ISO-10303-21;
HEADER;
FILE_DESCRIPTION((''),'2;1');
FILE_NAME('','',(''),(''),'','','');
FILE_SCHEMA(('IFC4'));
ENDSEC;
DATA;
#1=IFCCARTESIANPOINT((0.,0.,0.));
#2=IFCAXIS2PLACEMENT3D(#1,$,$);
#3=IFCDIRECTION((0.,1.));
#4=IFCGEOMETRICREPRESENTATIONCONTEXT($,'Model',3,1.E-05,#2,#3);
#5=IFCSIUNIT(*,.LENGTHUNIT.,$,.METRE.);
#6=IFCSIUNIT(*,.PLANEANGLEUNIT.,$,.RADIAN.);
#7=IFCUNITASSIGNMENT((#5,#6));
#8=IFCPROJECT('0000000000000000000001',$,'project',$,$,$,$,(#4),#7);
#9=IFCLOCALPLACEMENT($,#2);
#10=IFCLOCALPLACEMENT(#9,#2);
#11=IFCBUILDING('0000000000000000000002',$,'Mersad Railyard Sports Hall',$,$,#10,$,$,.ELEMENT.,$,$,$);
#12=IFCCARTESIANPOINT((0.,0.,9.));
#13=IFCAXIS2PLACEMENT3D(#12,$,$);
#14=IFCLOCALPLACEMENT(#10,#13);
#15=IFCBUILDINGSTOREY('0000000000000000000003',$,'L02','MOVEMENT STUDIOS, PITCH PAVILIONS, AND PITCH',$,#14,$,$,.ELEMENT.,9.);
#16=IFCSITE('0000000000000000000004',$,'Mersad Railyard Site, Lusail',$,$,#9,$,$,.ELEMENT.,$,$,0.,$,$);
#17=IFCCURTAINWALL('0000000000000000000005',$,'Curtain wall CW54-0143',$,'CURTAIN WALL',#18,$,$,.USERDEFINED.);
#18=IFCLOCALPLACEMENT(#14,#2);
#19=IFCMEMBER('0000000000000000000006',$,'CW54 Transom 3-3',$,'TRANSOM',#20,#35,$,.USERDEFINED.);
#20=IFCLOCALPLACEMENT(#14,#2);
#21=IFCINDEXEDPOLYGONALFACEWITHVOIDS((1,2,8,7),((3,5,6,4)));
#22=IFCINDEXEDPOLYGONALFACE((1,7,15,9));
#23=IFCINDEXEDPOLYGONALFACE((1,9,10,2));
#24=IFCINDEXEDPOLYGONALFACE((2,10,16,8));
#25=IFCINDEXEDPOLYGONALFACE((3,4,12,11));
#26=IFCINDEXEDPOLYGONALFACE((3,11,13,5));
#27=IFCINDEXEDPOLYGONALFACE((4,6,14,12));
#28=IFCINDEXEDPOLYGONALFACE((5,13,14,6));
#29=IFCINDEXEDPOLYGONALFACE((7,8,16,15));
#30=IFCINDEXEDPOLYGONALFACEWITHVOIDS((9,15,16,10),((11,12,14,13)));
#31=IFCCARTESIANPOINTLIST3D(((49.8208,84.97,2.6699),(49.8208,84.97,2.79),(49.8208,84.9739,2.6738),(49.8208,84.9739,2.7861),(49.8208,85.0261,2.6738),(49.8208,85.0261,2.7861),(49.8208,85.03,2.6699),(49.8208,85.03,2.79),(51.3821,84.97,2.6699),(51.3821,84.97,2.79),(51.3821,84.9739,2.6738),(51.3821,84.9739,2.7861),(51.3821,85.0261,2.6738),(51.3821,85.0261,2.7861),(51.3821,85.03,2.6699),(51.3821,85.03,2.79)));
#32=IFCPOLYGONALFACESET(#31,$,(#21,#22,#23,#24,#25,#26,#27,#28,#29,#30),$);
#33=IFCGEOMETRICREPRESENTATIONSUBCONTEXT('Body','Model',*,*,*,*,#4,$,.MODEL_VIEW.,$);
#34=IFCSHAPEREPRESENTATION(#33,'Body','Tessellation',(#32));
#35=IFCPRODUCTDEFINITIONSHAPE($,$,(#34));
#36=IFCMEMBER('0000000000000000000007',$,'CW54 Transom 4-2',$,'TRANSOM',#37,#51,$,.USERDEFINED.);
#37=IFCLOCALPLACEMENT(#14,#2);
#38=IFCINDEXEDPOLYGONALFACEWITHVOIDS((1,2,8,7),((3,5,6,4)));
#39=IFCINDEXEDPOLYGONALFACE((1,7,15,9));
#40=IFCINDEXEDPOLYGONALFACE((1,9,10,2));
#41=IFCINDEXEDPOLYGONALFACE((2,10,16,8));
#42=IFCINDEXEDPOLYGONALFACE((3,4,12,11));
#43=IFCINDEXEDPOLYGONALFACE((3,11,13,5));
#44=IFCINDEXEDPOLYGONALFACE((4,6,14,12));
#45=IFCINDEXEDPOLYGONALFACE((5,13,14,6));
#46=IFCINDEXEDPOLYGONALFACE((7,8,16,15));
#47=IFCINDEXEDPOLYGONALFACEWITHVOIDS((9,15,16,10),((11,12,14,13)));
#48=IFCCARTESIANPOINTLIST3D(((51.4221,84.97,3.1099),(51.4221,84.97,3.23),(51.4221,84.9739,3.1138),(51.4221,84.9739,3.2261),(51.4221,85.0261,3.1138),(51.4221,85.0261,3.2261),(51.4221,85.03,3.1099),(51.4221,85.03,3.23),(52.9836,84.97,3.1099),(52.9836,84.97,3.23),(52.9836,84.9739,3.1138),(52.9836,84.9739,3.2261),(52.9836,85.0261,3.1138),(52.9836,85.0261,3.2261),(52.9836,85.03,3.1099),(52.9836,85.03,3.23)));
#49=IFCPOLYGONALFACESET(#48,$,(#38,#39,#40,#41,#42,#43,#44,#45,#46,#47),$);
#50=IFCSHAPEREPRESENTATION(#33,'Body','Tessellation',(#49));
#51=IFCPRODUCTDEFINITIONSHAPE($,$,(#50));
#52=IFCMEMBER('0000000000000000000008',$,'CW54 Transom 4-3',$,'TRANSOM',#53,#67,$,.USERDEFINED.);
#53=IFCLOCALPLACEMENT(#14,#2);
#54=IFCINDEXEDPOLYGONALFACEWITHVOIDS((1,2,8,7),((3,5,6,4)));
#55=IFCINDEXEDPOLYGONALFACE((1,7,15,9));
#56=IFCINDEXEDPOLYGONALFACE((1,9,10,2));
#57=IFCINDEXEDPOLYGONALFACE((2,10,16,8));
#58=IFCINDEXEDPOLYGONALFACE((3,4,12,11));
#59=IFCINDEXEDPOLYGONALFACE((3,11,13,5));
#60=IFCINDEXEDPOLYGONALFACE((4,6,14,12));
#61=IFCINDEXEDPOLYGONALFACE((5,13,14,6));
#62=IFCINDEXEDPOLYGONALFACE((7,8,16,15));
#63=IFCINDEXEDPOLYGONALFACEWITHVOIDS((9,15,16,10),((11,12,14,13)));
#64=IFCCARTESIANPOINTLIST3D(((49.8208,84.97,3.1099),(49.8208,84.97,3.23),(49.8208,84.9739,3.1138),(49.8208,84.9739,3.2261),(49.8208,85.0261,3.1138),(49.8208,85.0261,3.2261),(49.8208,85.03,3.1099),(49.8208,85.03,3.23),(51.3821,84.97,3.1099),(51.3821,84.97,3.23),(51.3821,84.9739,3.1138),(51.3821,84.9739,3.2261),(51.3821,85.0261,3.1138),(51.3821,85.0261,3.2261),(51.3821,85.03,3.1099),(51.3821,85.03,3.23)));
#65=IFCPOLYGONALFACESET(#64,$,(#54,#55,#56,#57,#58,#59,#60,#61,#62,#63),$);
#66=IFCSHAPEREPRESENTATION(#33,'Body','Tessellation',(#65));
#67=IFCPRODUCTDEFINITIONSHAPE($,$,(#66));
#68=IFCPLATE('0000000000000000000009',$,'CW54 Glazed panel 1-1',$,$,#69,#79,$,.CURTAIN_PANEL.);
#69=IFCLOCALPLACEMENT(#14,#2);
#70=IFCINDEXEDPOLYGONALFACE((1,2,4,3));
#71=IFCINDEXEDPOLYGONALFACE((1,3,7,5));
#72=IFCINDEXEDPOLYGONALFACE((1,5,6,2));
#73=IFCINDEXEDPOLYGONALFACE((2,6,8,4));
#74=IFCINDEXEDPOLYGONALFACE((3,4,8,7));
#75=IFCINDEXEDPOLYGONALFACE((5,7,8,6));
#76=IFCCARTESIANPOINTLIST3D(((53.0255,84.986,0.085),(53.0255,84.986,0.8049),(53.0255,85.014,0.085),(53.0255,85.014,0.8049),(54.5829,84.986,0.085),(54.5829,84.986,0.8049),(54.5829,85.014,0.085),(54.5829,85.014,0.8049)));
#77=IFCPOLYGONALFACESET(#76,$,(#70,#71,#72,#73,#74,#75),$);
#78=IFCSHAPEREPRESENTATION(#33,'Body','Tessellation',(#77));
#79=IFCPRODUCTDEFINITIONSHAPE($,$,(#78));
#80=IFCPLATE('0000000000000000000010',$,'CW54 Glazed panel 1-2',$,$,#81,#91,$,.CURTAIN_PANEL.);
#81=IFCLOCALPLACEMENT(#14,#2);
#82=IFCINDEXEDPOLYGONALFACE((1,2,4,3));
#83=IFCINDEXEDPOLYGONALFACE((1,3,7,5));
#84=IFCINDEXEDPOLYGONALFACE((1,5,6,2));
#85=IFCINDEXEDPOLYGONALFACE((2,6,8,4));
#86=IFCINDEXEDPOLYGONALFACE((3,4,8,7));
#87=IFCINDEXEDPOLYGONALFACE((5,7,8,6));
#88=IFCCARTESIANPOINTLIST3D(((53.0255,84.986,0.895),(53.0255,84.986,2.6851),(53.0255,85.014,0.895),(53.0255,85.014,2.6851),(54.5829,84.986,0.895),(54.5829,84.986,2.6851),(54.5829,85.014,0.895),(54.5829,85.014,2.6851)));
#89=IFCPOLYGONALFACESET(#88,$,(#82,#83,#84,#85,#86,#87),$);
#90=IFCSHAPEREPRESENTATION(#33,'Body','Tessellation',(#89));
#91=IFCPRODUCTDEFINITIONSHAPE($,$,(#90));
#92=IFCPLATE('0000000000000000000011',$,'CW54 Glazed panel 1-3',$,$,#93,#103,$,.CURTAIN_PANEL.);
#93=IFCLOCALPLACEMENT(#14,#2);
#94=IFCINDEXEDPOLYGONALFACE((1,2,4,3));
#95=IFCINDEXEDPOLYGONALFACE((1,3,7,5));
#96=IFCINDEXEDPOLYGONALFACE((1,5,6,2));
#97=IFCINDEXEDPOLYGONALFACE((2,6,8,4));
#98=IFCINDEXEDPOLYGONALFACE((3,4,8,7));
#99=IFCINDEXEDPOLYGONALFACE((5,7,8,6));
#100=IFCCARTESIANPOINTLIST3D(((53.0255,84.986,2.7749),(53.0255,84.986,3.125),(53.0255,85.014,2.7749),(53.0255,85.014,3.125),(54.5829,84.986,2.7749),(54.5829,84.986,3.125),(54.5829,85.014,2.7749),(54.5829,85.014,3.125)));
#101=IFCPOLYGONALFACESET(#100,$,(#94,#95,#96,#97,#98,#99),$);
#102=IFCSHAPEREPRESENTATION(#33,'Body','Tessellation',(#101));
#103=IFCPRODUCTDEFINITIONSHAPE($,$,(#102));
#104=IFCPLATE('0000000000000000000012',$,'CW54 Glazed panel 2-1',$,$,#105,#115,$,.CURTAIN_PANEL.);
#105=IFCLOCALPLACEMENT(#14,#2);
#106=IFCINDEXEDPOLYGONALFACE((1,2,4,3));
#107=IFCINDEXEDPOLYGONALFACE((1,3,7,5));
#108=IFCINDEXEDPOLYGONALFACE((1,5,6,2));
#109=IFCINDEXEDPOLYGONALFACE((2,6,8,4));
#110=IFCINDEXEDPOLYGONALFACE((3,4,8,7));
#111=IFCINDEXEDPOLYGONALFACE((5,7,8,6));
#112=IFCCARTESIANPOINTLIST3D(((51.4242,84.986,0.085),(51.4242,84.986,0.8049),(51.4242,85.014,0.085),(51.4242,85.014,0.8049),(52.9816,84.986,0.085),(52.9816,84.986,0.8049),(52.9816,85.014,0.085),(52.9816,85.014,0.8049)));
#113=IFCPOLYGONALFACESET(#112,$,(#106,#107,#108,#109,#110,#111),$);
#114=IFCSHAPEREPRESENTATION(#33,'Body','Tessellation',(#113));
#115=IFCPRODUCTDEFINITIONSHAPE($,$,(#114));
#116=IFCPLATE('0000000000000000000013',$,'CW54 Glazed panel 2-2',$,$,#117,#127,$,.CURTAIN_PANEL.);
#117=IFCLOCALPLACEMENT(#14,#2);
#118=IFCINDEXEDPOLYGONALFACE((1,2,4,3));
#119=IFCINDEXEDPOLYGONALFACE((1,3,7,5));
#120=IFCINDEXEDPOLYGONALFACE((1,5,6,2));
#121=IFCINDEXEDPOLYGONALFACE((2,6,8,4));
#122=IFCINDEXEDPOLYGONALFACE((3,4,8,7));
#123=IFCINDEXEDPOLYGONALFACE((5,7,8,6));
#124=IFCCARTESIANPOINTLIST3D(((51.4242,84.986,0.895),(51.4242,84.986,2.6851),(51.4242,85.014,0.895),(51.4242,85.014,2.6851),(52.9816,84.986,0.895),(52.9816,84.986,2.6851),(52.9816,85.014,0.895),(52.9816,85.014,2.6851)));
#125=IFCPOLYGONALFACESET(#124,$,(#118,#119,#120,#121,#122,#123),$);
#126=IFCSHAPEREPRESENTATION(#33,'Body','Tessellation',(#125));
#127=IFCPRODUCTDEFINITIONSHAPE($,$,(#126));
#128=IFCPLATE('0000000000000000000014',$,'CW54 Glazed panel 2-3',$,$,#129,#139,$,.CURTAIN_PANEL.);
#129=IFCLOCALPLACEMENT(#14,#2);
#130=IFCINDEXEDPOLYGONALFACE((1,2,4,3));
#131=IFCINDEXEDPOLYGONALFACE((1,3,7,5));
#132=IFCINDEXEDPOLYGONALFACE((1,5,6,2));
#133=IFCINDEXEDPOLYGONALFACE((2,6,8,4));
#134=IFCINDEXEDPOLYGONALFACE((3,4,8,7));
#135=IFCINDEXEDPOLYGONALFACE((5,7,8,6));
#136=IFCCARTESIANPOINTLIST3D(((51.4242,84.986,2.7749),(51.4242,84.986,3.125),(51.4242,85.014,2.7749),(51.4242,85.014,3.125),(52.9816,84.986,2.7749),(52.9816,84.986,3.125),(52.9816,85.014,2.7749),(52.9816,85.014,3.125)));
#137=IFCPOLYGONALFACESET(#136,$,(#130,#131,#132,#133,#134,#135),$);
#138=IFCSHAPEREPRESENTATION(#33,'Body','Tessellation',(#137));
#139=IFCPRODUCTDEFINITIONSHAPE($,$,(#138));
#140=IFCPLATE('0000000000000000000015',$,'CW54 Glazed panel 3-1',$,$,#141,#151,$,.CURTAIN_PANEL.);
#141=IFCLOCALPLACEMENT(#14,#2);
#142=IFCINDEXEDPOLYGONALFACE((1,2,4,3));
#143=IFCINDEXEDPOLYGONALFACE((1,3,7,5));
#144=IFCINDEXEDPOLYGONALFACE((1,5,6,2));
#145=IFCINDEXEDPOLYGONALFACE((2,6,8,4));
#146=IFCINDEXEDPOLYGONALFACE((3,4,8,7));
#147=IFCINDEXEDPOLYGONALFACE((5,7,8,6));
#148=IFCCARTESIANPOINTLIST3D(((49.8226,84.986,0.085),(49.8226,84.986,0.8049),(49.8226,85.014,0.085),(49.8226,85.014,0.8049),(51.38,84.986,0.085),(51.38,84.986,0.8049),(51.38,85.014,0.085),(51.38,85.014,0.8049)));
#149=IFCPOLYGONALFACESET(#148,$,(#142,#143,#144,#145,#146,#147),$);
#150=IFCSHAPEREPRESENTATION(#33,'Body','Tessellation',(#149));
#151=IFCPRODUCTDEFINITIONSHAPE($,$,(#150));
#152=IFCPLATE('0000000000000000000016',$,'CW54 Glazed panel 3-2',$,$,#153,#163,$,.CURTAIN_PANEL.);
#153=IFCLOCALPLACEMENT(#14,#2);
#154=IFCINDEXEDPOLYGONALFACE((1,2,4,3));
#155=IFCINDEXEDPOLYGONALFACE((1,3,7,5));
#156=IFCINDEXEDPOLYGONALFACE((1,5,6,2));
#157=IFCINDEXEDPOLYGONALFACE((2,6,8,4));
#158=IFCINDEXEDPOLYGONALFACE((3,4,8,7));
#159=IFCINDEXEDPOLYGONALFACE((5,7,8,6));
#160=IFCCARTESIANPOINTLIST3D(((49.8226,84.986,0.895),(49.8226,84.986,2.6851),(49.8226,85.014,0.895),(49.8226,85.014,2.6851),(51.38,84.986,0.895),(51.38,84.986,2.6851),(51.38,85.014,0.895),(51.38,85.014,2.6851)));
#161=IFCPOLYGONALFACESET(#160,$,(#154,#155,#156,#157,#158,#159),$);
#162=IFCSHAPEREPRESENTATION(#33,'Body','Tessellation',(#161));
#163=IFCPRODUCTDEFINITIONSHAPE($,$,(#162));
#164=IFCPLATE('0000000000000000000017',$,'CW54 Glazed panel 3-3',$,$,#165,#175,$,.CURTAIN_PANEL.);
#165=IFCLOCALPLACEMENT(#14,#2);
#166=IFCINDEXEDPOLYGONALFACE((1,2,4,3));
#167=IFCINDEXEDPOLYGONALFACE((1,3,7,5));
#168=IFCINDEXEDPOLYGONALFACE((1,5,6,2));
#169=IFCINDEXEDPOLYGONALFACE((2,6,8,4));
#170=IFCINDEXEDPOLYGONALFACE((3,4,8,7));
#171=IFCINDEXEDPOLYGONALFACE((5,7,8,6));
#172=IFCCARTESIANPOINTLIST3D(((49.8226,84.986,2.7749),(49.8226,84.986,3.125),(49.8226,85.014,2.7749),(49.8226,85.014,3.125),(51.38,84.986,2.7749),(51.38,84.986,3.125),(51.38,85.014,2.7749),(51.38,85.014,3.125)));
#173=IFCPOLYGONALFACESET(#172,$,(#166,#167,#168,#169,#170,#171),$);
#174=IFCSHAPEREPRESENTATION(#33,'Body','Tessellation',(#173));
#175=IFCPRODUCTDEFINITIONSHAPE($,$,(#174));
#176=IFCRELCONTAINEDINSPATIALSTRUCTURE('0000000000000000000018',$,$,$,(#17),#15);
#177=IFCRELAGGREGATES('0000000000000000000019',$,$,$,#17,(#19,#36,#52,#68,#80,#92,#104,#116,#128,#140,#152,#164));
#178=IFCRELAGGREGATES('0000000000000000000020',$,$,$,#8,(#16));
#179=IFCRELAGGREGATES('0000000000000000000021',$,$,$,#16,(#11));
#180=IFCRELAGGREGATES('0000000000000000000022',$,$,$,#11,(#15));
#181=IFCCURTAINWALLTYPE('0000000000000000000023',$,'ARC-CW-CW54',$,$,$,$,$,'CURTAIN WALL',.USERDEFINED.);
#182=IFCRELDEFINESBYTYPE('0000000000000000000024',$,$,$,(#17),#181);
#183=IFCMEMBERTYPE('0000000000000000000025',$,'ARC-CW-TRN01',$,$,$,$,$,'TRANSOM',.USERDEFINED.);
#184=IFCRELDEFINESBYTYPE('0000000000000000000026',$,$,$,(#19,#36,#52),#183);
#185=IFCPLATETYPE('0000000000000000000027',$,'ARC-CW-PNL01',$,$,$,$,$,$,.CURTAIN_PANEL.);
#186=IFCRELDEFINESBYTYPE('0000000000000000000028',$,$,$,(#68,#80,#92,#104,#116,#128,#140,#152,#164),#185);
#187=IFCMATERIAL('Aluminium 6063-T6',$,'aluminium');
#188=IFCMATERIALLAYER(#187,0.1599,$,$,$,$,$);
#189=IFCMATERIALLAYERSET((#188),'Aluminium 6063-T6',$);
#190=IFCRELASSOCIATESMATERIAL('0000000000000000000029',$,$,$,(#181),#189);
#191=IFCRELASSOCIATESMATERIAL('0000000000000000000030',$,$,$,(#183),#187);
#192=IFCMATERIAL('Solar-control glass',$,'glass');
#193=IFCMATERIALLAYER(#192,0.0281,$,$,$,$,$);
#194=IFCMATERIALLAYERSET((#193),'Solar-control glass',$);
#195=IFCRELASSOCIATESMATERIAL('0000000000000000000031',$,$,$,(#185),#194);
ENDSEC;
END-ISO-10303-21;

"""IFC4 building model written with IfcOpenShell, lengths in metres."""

from ifc_helpers import new_model, si_unit, direction, frame, origin, origin_2d, place, context, subcontext, project, spatial, rectangle, hollow_rectangle, extrude, material, layer, layer_set, material_profile, profile_set, type_object, element, aggregate, save


model = new_model("IFC4")

# Units and contexts
model_context = context("Model", 3, precision=1e-05, world=origin(), true_north=direction((0.0, 1.0)))
body_context = subcontext(model_context, "Body", "Model", "MODEL_VIEW")
ifc_project = project(units=[si_unit("LENGTHUNIT", "METRE"), si_unit("PLANEANGLEUNIT", "RADIAN")], contexts=[model_context])

# Site, building, storey
site_placement = place(None, origin())
site = spatial("IfcSite", under=ifc_project, at=site_placement, Name="Mersad Railyard Site, Lusail", CompositionType="ELEMENT", RefElevation=0.0)
building_placement = place(site_placement, origin())
building = spatial("IfcBuilding", under=site, at=building_placement, Name="Mersad Railyard Sports Hall", CompositionType="ELEMENT")
storey_placement = place(building_placement, frame((0.0, 0.0, 9.0)))
storey = spatial("IfcBuildingStorey", under=building, at=storey_placement, Name="L02", Description="MOVEMENT STUDIOS, PITCH PAVILIONS, AND PITCH", CompositionType="ELEMENT", Elevation=9.0)

# Curtain wall, members, plates
ifc_material_1 = material(Name="Aluminium 6063-T6", Category="aluminium")
ifc_layer_1 = layer(ifc_material_1, 0.1599)
ifc_layer_set_1 = layer_set([ifc_layer_1], Name="Aluminium 6063-T6")
curtain_wall_type = type_object("IfcCurtainWallType", Name="ARC-CW-CW54", ElementType="CURTAIN WALL", PredefinedType="USERDEFINED", material=ifc_layer_set_1)
curtain_wall_placement = place(storey_placement, origin())
curtain_wall = element("IfcCurtainWall", 1, at=curtain_wall_placement, inside=storey, type_object=curtain_wall_type, Name="Curtain wall CW54-0143", ObjectType="CURTAIN WALL", PredefinedType="USERDEFINED")
ifc_material_profile_1 = material_profile(ifc_material_1, hollow_rectangle(XDim=0.0601, YDim=0.1201, WallThickness=0.0039, at=origin_2d()), Name="AL TRANSOM 60x120x4")
ifc_profile_set_1 = profile_set([ifc_material_profile_1], Name="Aluminium 6063-T6")
member_type_1 = type_object("IfcMemberType", Name="ARC-CW-TRN01", ElementType="TRANSOM", PredefinedType="USERDEFINED", material=ifc_profile_set_1)
member_1_placement = place(storey_placement, frame((51.3821, 85.0, 2.73), z_axis=(-1.0, 0.0, 0.0), x_axis=(0.0, -1.0, 0.0)))
member_1 = element("IfcMember", 2, at=member_1_placement, type_object=member_type_1, Name="CW54 Transom 3-3", ObjectType="TRANSOM", PredefinedType="USERDEFINED", context=body_context, shape_type="SweptSolid", body=[
    extrude(hollow_rectangle(XDim=0.0601, YDim=0.1201, WallThickness=0.0039, at=origin_2d()), origin(), (0.0, 0.0, 1.0), 1.5613),
])
member_2_placement = place(storey_placement, frame((52.9836, 85.0, 3.1699), z_axis=(-1.0, 0.0, 0.0), x_axis=(0.0, -1.0, 0.0)))
member_2 = element("IfcMember", 3, at=member_2_placement, type_object=member_type_1, Name="CW54 Transom 4-2", ObjectType="TRANSOM", PredefinedType="USERDEFINED", context=body_context, shape_type="SweptSolid", body=[
    extrude(hollow_rectangle(XDim=0.0601, YDim=0.1201, WallThickness=0.0039, at=origin_2d()), origin(), (0.0, 0.0, 1.0), 1.5615),
])
member_3_placement = place(storey_placement, frame((51.3821, 85.0, 3.1699), z_axis=(-1.0, 0.0, 0.0), x_axis=(0.0, -1.0, 0.0)))
member_3 = element("IfcMember", 4, at=member_3_placement, type_object=member_type_1, Name="CW54 Transom 4-3", ObjectType="TRANSOM", PredefinedType="USERDEFINED", context=body_context, shape_type="SweptSolid", body=[
    extrude(hollow_rectangle(XDim=0.0601, YDim=0.1201, WallThickness=0.0039, at=origin_2d()), origin(), (0.0, 0.0, 1.0), 1.5613),
])
ifc_material_2 = material(Name="Solar-control glass", Category="glass")
ifc_layer_2 = layer(ifc_material_2, 0.0281)
ifc_layer_set_2 = layer_set([ifc_layer_2], Name="Solar-control glass")
plate_type = type_object("IfcPlateType", Name="ARC-CW-PNL01", PredefinedType="CURTAIN_PANEL", material=ifc_layer_set_2)
plate_1_placement = place(storey_placement, frame((53.8042, 85.0, 0.085), z_axis=(0.0, 0.0, 1.0), x_axis=(-1.0, 0.0, 0.0)))
plate_1 = element("IfcPlate", 5, at=plate_1_placement, type_object=plate_type, Name="CW54 Glazed panel 1-1", PredefinedType="CURTAIN_PANEL", context=body_context, shape_type="SweptSolid", body=[
    extrude(rectangle(XDim=1.5574, YDim=0.0281, at=origin_2d()), origin(), (0.0, 0.0, 1.0), 0.72),
])
plate_2_placement = place(storey_placement, frame((53.8042, 85.0, 0.895), z_axis=(0.0, 0.0, 1.0), x_axis=(-1.0, 0.0, 0.0)))
plate_2 = element("IfcPlate", 6, at=plate_2_placement, type_object=plate_type, Name="CW54 Glazed panel 1-2", PredefinedType="CURTAIN_PANEL", context=body_context, shape_type="SweptSolid", body=[
    extrude(rectangle(XDim=1.5574, YDim=0.0281, at=origin_2d()), origin(), (0.0, 0.0, 1.0), 1.79),
])
plate_3_placement = place(storey_placement, frame((53.8042, 85.0, 2.7749), z_axis=(0.0, 0.0, 1.0), x_axis=(-1.0, 0.0, 0.0)))
plate_3 = element("IfcPlate", 7, at=plate_3_placement, type_object=plate_type, Name="CW54 Glazed panel 1-3", PredefinedType="CURTAIN_PANEL", context=body_context, shape_type="SweptSolid", body=[
    extrude(rectangle(XDim=1.5574, YDim=0.0281, at=origin_2d()), origin(), (0.0, 0.0, 1.0), 0.3501),
])
plate_4_placement = place(storey_placement, frame((52.2029, 85.0, 0.085), z_axis=(0.0, 0.0, 1.0), x_axis=(-1.0, 0.0, 0.0)))
plate_4 = element("IfcPlate", 8, at=plate_4_placement, type_object=plate_type, Name="CW54 Glazed panel 2-1", PredefinedType="CURTAIN_PANEL", context=body_context, shape_type="SweptSolid", body=[
    extrude(rectangle(XDim=1.5574, YDim=0.0281, at=origin_2d()), origin(), (0.0, 0.0, 1.0), 0.72),
])
plate_5_placement = place(storey_placement, frame((52.2029, 85.0, 0.895), z_axis=(0.0, 0.0, 1.0), x_axis=(-1.0, 0.0, 0.0)))
plate_5 = element("IfcPlate", 9, at=plate_5_placement, type_object=plate_type, Name="CW54 Glazed panel 2-2", PredefinedType="CURTAIN_PANEL", context=body_context, shape_type="SweptSolid", body=[
    extrude(rectangle(XDim=1.5574, YDim=0.0281, at=origin_2d()), origin(), (0.0, 0.0, 1.0), 1.79),
])
plate_6_placement = place(storey_placement, frame((52.2029, 85.0, 2.7749), z_axis=(0.0, 0.0, 1.0), x_axis=(-1.0, 0.0, 0.0)))
plate_6 = element("IfcPlate", 10, at=plate_6_placement, type_object=plate_type, Name="CW54 Glazed panel 2-3", PredefinedType="CURTAIN_PANEL", context=body_context, shape_type="SweptSolid", body=[
    extrude(rectangle(XDim=1.5574, YDim=0.0281, at=origin_2d()), origin(), (0.0, 0.0, 1.0), 0.3501),
])
plate_7_placement = place(storey_placement, frame((50.6013, 85.0, 0.085), z_axis=(0.0, 0.0, 1.0), x_axis=(-1.0, 0.0, 0.0)))
plate_7 = element("IfcPlate", 11, at=plate_7_placement, type_object=plate_type, Name="CW54 Glazed panel 3-1", PredefinedType="CURTAIN_PANEL", context=body_context, shape_type="SweptSolid", body=[
    extrude(rectangle(XDim=1.5574, YDim=0.0281, at=origin_2d()), origin(), (0.0, 0.0, 1.0), 0.72),
])
plate_8_placement = place(storey_placement, frame((50.6013, 85.0, 0.895), z_axis=(0.0, 0.0, 1.0), x_axis=(-1.0, 0.0, 0.0)))
plate_8 = element("IfcPlate", 12, at=plate_8_placement, type_object=plate_type, Name="CW54 Glazed panel 3-2", PredefinedType="CURTAIN_PANEL", context=body_context, shape_type="SweptSolid", body=[
    extrude(rectangle(XDim=1.5574, YDim=0.0281, at=origin_2d()), origin(), (0.0, 0.0, 1.0), 1.79),
])
plate_9_placement = place(storey_placement, frame((50.6013, 85.0, 2.7749), z_axis=(0.0, 0.0, 1.0), x_axis=(-1.0, 0.0, 0.0)))
plate_9 = element("IfcPlate", 13, at=plate_9_placement, type_object=plate_type, Name="CW54 Glazed panel 3-3", PredefinedType="CURTAIN_PANEL", context=body_context, shape_type="SweptSolid", body=[
    extrude(rectangle(XDim=1.5574, YDim=0.0281, at=origin_2d()), origin(), (0.0, 0.0, 1.0), 0.3501),
])
aggregate(curtain_wall, [member_1, member_2, member_3, plate_1, plate_2, plate_3, plate_4, plate_5, plate_6, plate_7, plate_8, plate_9])

save(model, "model.ifc")
